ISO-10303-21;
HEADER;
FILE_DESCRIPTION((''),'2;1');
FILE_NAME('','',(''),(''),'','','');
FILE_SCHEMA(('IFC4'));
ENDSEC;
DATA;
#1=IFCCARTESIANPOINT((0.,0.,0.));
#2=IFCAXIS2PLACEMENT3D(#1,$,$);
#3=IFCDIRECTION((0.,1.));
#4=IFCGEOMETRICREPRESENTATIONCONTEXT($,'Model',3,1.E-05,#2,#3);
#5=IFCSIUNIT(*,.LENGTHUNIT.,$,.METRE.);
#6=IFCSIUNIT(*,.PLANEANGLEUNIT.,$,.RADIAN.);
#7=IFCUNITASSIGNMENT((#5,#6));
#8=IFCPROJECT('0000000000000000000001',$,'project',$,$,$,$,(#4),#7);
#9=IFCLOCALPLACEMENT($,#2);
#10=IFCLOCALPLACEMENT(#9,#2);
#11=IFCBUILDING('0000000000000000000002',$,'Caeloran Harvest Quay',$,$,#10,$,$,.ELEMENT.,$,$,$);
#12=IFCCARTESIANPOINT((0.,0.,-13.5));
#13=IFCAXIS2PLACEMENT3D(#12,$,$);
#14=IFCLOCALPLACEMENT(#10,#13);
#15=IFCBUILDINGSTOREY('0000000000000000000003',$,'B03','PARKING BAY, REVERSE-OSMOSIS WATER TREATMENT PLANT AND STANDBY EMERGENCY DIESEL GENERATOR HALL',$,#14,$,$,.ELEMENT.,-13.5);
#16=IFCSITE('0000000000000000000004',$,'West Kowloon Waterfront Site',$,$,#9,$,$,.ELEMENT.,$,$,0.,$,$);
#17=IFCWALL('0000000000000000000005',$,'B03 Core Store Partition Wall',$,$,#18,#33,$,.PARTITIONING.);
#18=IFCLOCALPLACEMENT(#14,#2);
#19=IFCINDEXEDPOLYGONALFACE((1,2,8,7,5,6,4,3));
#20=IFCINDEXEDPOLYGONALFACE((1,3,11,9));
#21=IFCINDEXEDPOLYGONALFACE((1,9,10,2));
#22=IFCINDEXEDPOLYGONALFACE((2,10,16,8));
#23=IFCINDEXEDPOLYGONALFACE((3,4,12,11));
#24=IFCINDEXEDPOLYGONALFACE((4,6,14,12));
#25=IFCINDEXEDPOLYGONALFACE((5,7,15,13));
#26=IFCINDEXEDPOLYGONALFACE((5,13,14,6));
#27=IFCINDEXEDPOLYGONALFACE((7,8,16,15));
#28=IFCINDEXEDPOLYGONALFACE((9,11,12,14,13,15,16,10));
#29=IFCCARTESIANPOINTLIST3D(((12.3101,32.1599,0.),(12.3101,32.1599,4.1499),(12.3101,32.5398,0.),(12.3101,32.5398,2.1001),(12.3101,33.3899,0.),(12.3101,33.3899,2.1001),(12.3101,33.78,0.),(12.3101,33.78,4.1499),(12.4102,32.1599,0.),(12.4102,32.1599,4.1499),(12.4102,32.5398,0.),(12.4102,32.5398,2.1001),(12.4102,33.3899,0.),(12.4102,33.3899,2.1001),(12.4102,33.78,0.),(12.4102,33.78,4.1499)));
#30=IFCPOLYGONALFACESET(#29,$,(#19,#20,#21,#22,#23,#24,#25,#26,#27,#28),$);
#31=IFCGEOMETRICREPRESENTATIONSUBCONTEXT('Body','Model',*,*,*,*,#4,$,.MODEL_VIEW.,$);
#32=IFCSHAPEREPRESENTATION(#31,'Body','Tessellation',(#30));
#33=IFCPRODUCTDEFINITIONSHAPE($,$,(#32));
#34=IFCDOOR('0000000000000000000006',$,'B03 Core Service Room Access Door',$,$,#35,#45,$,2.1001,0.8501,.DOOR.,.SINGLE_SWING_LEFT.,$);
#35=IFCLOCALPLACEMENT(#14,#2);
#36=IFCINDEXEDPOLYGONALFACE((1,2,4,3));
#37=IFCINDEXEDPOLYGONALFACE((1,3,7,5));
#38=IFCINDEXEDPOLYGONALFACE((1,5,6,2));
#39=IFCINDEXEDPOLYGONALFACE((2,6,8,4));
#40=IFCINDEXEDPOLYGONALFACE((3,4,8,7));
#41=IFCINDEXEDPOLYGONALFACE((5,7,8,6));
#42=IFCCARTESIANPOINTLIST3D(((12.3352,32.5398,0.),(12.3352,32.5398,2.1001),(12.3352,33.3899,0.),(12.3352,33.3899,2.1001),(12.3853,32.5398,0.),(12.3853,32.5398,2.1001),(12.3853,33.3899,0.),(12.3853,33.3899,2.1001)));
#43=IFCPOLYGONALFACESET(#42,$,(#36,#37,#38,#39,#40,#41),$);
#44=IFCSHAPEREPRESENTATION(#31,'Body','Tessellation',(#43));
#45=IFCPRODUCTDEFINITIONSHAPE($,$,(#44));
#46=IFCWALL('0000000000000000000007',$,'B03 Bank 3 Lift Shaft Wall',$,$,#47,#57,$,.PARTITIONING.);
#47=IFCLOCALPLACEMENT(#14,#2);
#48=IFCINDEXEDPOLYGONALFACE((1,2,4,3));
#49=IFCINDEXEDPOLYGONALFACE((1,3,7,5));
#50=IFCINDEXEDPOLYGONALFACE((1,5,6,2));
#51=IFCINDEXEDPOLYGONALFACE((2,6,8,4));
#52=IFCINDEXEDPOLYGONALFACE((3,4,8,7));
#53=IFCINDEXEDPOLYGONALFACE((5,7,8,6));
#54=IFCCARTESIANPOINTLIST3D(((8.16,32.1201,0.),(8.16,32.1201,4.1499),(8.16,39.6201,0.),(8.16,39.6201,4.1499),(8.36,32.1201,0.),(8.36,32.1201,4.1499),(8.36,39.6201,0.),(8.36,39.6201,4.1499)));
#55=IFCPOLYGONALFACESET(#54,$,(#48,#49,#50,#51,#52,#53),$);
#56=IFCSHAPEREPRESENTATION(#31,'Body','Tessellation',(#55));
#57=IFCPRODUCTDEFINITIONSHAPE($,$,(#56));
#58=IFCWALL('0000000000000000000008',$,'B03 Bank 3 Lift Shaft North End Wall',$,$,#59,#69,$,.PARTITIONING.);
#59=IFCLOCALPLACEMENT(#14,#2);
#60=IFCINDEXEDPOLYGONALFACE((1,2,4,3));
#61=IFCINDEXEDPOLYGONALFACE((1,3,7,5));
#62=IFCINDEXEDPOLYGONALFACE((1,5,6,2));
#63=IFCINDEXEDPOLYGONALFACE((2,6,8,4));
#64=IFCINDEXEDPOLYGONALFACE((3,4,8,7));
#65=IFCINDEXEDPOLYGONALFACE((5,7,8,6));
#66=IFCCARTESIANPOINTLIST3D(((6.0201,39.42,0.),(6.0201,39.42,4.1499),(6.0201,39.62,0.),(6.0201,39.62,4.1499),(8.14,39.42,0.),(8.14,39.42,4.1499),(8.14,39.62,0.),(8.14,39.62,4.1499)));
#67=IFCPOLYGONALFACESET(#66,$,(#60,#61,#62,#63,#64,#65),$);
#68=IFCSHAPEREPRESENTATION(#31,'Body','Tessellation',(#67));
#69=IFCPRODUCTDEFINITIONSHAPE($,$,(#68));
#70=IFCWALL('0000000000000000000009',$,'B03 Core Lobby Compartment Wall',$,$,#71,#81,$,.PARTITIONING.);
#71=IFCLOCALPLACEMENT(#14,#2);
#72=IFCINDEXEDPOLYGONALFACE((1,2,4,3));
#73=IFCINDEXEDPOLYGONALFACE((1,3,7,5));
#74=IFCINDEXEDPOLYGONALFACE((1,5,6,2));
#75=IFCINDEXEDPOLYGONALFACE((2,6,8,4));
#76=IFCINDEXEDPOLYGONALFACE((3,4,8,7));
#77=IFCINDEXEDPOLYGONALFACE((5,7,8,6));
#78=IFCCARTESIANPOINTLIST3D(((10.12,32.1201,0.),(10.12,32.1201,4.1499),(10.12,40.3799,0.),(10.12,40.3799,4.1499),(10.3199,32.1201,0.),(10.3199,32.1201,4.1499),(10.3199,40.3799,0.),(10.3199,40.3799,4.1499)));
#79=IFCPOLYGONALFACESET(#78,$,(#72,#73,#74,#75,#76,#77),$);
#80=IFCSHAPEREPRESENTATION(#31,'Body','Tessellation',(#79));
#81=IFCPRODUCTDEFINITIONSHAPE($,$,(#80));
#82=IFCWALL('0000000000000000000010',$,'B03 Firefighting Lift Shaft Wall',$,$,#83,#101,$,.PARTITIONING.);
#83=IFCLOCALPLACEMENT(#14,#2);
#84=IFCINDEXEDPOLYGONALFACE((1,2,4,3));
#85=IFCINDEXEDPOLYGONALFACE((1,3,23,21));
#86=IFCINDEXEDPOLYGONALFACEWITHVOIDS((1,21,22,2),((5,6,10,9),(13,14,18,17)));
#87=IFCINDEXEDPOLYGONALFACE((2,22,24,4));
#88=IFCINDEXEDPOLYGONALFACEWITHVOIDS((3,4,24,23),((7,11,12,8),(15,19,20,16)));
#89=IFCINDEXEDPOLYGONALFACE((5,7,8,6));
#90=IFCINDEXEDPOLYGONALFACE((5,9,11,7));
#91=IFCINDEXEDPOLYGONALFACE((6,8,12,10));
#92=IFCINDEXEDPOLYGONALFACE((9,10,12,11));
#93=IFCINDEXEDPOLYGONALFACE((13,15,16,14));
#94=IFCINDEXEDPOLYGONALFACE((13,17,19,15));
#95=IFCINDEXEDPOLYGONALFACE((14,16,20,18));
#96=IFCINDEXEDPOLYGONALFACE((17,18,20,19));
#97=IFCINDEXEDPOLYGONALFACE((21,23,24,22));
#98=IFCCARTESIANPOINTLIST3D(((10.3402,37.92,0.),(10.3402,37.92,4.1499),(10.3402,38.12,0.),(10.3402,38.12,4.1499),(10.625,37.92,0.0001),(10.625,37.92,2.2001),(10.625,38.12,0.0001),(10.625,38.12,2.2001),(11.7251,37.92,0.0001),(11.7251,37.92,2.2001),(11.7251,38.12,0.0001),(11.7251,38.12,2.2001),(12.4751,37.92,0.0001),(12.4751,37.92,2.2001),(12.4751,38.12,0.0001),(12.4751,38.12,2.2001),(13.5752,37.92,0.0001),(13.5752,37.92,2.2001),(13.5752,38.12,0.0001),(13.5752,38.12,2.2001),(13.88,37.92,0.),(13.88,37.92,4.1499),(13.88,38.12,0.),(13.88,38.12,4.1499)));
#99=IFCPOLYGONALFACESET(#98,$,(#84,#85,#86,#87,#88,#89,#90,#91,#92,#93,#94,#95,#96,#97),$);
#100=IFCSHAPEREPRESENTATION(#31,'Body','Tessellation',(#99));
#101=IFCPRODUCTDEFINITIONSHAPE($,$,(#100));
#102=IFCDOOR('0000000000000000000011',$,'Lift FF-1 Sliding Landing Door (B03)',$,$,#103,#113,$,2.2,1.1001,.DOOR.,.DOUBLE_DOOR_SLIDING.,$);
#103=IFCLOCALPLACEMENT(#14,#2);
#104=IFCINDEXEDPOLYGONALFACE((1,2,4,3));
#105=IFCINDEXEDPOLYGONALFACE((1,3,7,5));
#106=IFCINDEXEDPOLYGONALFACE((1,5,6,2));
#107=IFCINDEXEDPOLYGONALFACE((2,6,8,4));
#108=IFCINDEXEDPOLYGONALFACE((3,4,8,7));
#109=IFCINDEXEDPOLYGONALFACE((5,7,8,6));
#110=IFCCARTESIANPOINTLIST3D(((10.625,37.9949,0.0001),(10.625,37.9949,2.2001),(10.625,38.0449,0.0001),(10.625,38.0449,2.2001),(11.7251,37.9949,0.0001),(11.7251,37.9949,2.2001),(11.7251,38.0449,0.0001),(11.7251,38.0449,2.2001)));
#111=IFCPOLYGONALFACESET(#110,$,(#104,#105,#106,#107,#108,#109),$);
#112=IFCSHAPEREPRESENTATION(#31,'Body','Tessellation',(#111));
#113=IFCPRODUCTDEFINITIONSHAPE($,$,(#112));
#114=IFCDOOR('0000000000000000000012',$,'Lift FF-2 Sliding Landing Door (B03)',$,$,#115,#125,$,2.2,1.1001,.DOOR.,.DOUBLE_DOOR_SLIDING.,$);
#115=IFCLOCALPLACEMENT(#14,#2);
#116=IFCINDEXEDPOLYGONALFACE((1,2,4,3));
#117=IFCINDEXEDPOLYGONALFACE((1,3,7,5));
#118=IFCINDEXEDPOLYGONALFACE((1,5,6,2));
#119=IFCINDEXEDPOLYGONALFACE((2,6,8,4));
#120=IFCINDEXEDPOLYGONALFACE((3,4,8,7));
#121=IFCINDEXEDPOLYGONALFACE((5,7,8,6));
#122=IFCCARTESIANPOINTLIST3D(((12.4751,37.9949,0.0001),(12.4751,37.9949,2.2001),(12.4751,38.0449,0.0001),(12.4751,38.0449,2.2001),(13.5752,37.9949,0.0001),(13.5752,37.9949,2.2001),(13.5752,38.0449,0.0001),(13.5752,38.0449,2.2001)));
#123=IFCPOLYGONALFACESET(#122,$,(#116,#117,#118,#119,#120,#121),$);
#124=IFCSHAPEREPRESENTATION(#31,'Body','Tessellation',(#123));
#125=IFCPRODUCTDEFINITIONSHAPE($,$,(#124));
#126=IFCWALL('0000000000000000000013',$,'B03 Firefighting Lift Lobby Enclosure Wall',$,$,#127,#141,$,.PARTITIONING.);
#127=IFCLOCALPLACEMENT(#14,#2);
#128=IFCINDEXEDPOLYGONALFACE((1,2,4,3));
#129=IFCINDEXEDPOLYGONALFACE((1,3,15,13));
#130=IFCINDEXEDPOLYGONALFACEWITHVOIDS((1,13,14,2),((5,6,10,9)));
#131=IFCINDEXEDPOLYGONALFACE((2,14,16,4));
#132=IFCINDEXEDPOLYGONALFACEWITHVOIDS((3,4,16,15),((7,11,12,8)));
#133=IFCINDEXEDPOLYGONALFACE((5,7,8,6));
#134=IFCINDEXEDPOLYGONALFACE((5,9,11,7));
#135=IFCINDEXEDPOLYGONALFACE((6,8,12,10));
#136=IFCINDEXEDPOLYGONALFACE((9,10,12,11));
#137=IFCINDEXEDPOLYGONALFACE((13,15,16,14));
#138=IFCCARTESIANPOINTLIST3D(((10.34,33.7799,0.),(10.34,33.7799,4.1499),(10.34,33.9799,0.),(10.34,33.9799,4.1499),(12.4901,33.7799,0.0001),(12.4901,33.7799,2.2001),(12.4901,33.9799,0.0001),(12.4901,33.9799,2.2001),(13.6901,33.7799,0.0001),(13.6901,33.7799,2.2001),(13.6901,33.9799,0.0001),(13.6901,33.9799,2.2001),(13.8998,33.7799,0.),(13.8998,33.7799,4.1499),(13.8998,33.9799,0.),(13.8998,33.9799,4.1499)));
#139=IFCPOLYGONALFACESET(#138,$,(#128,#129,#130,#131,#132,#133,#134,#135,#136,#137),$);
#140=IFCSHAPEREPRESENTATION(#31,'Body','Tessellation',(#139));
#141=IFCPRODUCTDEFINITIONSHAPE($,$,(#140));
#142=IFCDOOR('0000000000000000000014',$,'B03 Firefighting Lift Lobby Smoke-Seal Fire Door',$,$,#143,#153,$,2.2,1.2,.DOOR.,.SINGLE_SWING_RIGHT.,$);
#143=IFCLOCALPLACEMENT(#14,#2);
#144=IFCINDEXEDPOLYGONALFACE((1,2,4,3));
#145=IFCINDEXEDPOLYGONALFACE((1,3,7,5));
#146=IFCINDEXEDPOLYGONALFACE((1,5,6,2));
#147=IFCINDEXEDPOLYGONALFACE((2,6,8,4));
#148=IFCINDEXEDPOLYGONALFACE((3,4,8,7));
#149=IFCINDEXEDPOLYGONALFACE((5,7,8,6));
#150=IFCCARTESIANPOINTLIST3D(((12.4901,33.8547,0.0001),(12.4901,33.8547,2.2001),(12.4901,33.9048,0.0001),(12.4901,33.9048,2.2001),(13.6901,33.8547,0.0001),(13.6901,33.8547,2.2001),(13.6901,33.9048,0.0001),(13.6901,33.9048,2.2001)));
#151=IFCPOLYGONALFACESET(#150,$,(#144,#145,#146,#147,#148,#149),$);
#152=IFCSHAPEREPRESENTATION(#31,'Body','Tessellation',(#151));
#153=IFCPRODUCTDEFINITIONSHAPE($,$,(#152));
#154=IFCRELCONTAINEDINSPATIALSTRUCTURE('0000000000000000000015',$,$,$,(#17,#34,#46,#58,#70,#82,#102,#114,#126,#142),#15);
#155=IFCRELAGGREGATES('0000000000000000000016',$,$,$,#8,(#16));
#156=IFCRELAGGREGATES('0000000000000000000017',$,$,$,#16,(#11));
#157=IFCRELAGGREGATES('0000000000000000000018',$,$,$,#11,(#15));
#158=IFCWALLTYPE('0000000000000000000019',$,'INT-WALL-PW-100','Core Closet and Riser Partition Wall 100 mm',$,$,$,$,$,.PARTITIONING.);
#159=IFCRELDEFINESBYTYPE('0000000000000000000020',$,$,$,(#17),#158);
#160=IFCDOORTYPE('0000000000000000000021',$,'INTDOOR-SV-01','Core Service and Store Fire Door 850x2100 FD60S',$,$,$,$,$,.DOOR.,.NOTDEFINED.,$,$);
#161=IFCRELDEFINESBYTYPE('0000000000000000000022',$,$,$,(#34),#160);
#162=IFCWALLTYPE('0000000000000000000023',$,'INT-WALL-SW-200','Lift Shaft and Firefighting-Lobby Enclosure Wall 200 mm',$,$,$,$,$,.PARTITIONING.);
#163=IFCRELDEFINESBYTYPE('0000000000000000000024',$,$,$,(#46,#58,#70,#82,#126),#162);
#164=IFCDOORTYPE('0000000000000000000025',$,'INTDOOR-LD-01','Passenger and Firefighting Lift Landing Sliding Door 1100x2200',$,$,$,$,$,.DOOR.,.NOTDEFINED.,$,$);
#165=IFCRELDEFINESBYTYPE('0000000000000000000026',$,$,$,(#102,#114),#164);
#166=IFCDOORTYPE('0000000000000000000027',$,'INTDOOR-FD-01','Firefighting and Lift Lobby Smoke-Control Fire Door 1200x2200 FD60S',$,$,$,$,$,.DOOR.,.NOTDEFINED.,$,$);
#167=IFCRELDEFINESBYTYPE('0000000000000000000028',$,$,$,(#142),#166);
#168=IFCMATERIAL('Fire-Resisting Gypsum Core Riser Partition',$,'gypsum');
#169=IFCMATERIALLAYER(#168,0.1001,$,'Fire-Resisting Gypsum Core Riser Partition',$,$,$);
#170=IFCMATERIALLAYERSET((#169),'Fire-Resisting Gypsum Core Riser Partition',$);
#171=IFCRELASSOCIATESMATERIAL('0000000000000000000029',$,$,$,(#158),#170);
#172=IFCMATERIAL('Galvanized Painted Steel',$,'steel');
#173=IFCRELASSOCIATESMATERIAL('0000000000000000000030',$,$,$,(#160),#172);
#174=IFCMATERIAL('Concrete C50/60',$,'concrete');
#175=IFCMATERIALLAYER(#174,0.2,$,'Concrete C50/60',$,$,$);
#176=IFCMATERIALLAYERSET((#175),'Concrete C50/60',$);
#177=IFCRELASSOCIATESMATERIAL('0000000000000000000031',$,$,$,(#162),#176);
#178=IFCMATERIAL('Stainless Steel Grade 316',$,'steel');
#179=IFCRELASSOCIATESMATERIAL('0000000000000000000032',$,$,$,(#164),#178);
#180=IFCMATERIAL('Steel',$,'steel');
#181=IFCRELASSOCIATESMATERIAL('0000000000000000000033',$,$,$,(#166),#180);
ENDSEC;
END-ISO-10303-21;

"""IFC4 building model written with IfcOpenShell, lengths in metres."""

from ifc_helpers import new_model, si_unit, direction, frame, frame_2d, origin, place, context, subcontext, project, spatial, rectangle, extrude, material, layer, layer_set, type_object, element, fill, save


model = new_model("IFC4")

# Units and contexts
model_context = context("Model", 3, precision=1e-05, world=origin(), true_north=direction((0.0, 1.0)))
body_context = subcontext(model_context, "Body", "Model", "MODEL_VIEW")
ifc_project = project(units=[si_unit("LENGTHUNIT", "METRE"), si_unit("PLANEANGLEUNIT", "RADIAN")], contexts=[model_context])

# Site, building, storey
site_placement = place(None, origin())
site = spatial("IfcSite", under=ifc_project, at=site_placement, Name="West Kowloon Waterfront Site", CompositionType="ELEMENT", RefElevation=0.0)
building_placement = place(site_placement, origin())
building = spatial("IfcBuilding", under=site, at=building_placement, Name="Caeloran Harvest Quay", CompositionType="ELEMENT")
storey_placement = place(building_placement, frame((0.0, 0.0, -13.5)))
storey = spatial("IfcBuildingStorey", under=building, at=storey_placement, Name="B03", Description="PARKING BAY, REVERSE-OSMOSIS WATER TREATMENT PLANT AND STANDBY EMERGENCY DIESEL GENERATOR HALL", CompositionType="ELEMENT", Elevation=-13.5)

# Wall, opening, door
ifc_material_1 = material(Name="Fire-Resisting Gypsum Core Riser Partition", Category="gypsum")
ifc_layer_1 = layer(ifc_material_1, 0.1001, Name="Fire-Resisting Gypsum Core Riser Partition")
ifc_layer_set_1 = layer_set([ifc_layer_1], Name="Fire-Resisting Gypsum Core Riser Partition")
wall_type_1 = type_object("IfcWallType", Name="INT-WALL-PW-100", Description="Core Closet and Riser Partition Wall 100 mm", PredefinedType="PARTITIONING", material=ifc_layer_set_1)
wall_1_placement = place(storey_placement, frame((12.3601, 32.1599, 0.0), z_axis=(0.0, 0.0, 1.0), x_axis=(0.0, 1.0, 0.0)))
wall_1 = element("IfcWall", 1, at=wall_1_placement, inside=storey, type_object=wall_type_1, Name="B03 Core Store Partition Wall", PredefinedType="PARTITIONING", context=body_context, shape_type="SweptSolid", body=[
    extrude(rectangle(XDim=1.6201, YDim=0.1001, at=frame_2d((0.8101, 0.0))), origin(), (0.0, 0.0, 1.0), 4.1499),
])
opening_1_placement = place(wall_1_placement, frame((0.3799, 0.0, 0.0)))
opening_1 = element("IfcOpeningElement", 2, at=opening_1_placement, cuts=wall_1, PredefinedType="OPENING", context=body_context, shape_type="SweptSolid", body=[
    extrude(rectangle(XDim=0.8501, YDim=2.1001, at=frame_2d((0.425, 1.05))), frame((0.0, 0.0601, 0.0), z_axis=(0.0, -1.0, 0.0), x_axis=(1.0, 0.0, 0.0)), (0.0, 0.0, 1.0), 0.1201),
])
ifc_material_2 = material(Name="Galvanized Painted Steel", Category="steel")
door_type_1 = type_object("IfcDoorType", Name="INTDOOR-SV-01", Description="Core Service and Store Fire Door 850x2100 FD60S", OperationType="NOTDEFINED", PredefinedType="DOOR", material=ifc_material_2)
door_1_placement = place(opening_1_placement, origin())
door_1 = element("IfcDoor", 3, at=door_1_placement, inside=storey, type_object=door_type_1, Name="B03 Core Service Room Access Door", OperationType="SINGLE_SWING_LEFT", OverallHeight=2.1001, OverallWidth=0.8501, PredefinedType="DOOR", context=body_context, shape_type="SweptSolid", body=[
    extrude(rectangle(XDim=0.8501, YDim=2.1001, at=frame_2d((0.425, 1.05))), frame((0.0, 0.0249, 0.0), z_axis=(0.0, -1.0, 0.0), x_axis=(1.0, 0.0, 0.0)), (0.0, 0.0, 1.0), 0.05),
])
fill(opening_1, door_1)

# Walls
ifc_material_3 = material(Name="Concrete C50/60", Category="concrete")
ifc_layer_2 = layer(ifc_material_3, 0.2, Name="Concrete C50/60")
ifc_layer_set_2 = layer_set([ifc_layer_2], Name="Concrete C50/60")
wall_type_2 = type_object("IfcWallType", Name="INT-WALL-SW-200", Description="Lift Shaft and Firefighting-Lobby Enclosure Wall 200 mm", PredefinedType="PARTITIONING", material=ifc_layer_set_2)
wall_2_placement = place(storey_placement, frame((8.26, 32.1201, 0.0), z_axis=(0.0, 0.0, 1.0), x_axis=(0.0, 1.0, 0.0)))
element("IfcWall", 4, at=wall_2_placement, inside=storey, type_object=wall_type_2, Name="B03 Bank 3 Lift Shaft Wall", PredefinedType="PARTITIONING", context=body_context, shape_type="SweptSolid", body=[
    extrude(rectangle(XDim=7.5, YDim=0.2, at=frame_2d((3.75, 0.0))), origin(), (0.0, 0.0, 1.0), 4.1499),
])
wall_3_placement = place(storey_placement, frame((6.02, 39.52, 0.0), z_axis=(0.0, 0.0, 1.0), x_axis=(1.0, 0.0, 0.0)))
element("IfcWall", 5, at=wall_3_placement, inside=storey, type_object=wall_type_2, Name="B03 Bank 3 Lift Shaft North End Wall", PredefinedType="PARTITIONING", context=body_context, shape_type="SweptSolid", body=[
    extrude(rectangle(XDim=2.1199, YDim=0.2, at=frame_2d((1.0601, 0.0))), origin(), (0.0, 0.0, 1.0), 4.1499),
])
wall_4_placement = place(storey_placement, frame((10.22, 32.1201, 0.0), z_axis=(0.0, 0.0, 1.0), x_axis=(0.0, 1.0, 0.0)))
element("IfcWall", 6, at=wall_4_placement, inside=storey, type_object=wall_type_2, Name="B03 Core Lobby Compartment Wall", PredefinedType="PARTITIONING", context=body_context, shape_type="SweptSolid", body=[
    extrude(rectangle(XDim=8.2598, YDim=0.2, at=frame_2d((4.1299, 0.0))), origin(), (0.0, 0.0, 1.0), 4.1499),
])

# Wall, openings, doors
wall_5_placement = place(storey_placement, frame((10.3401, 38.02, 0.0), z_axis=(0.0, 0.0, 1.0), x_axis=(1.0, 0.0, 0.0)))
wall_5 = element("IfcWall", 7, at=wall_5_placement, inside=storey, type_object=wall_type_2, Name="B03 Firefighting Lift Shaft Wall", PredefinedType="PARTITIONING", context=body_context, shape_type="SweptSolid", body=[
    extrude(rectangle(XDim=3.5398, YDim=0.2, at=frame_2d((1.77, 0.0))), origin(), (0.0, 0.0, 1.0), 4.1499),
])
opening_2_placement = place(wall_5_placement, frame((0.2849, 0.0, 0.0)))
opening_2 = element("IfcOpeningElement", 8, at=opening_2_placement, cuts=wall_5, PredefinedType="OPENING", context=body_context, shape_type="SweptSolid", body=[
    extrude(rectangle(XDim=1.1001, YDim=2.2, at=frame_2d((0.55, 1.1001))), frame((0.0, 0.1099, 0.0), z_axis=(0.0, -1.0, 0.0), x_axis=(1.0, 0.0, 0.0)), (0.0, 0.0, 1.0), 0.22),
])
opening_3_placement = place(wall_5_placement, frame((2.135, 0.0, 0.0)))
opening_3 = element("IfcOpeningElement", 9, at=opening_3_placement, cuts=wall_5, PredefinedType="OPENING", context=body_context, shape_type="SweptSolid", body=[
    extrude(rectangle(XDim=1.1001, YDim=2.2, at=frame_2d((0.55, 1.1001))), frame((0.0, 0.1099, 0.0), z_axis=(0.0, -1.0, 0.0), x_axis=(1.0, 0.0, 0.0)), (0.0, 0.0, 1.0), 0.22),
])
ifc_material_4 = material(Name="Stainless Steel Grade 316", Category="steel")
door_type_2 = type_object("IfcDoorType", Name="INTDOOR-LD-01", Description="Passenger and Firefighting Lift Landing Sliding Door 1100x2200", OperationType="NOTDEFINED", PredefinedType="DOOR", material=ifc_material_4)
door_2_placement = place(opening_2_placement, origin())
door_2 = element("IfcDoor", 10, at=door_2_placement, inside=storey, type_object=door_type_2, Name="Lift FF-1 Sliding Landing Door (B03)", OperationType="DOUBLE_DOOR_SLIDING", OverallHeight=2.2, OverallWidth=1.1001, PredefinedType="DOOR", context=body_context, shape_type="SweptSolid", body=[
    extrude(rectangle(XDim=1.1001, YDim=2.2, at=frame_2d((0.55, 1.1001))), frame((0.0, 0.0249, 0.0), z_axis=(0.0, -1.0, 0.0), x_axis=(1.0, 0.0, 0.0)), (0.0, 0.0, 1.0), 0.05),
])
fill(opening_2, door_2)
door_3_placement = place(opening_3_placement, origin())
door_3 = element("IfcDoor", 11, at=door_3_placement, inside=storey, type_object=door_type_2, Name="Lift FF-2 Sliding Landing Door (B03)", OperationType="DOUBLE_DOOR_SLIDING", OverallHeight=2.2, OverallWidth=1.1001, PredefinedType="DOOR", context=body_context, shape_type="SweptSolid", body=[
    extrude(rectangle(XDim=1.1001, YDim=2.2, at=frame_2d((0.55, 1.1001))), frame((0.0, 0.0249, 0.0), z_axis=(0.0, -1.0, 0.0), x_axis=(1.0, 0.0, 0.0)), (0.0, 0.0, 1.0), 0.05),
])
fill(opening_3, door_3)

# Wall, opening, door
wall_6_placement = place(storey_placement, frame((10.3401, 33.8799, 0.0), z_axis=(0.0, 0.0, 1.0), x_axis=(1.0, 0.0, 0.0)))
wall_6 = element("IfcWall", 12, at=wall_6_placement, inside=storey, type_object=wall_type_2, Name="B03 Firefighting Lift Lobby Enclosure Wall", PredefinedType="PARTITIONING", context=body_context, shape_type="SweptSolid", body=[
    extrude(rectangle(XDim=3.5598, YDim=0.2, at=frame_2d((1.7798, 0.0))), origin(), (0.0, 0.0, 1.0), 4.1499),
])
opening_4_placement = place(wall_6_placement, frame((2.1499, 0.0, 0.0)))
opening_4 = element("IfcOpeningElement", 13, at=opening_4_placement, cuts=wall_6, PredefinedType="OPENING", context=body_context, shape_type="SweptSolid", body=[
    extrude(rectangle(XDim=1.2, YDim=2.2, at=frame_2d((0.6001, 1.1001))), frame((0.0, 0.1099, 0.0), z_axis=(0.0, -1.0, 0.0), x_axis=(1.0, 0.0, 0.0)), (0.0, 0.0, 1.0), 0.22),
])
ifc_material_5 = material(Name="Steel", Category="steel")
door_type_3 = type_object("IfcDoorType", Name="INTDOOR-FD-01", Description="Firefighting and Lift Lobby Smoke-Control Fire Door 1200x2200 FD60S", OperationType="NOTDEFINED", PredefinedType="DOOR", material=ifc_material_5)
door_4_placement = place(opening_4_placement, origin())
door_4 = element("IfcDoor", 14, at=door_4_placement, inside=storey, type_object=door_type_3, Name="B03 Firefighting Lift Lobby Smoke-Seal Fire Door", OperationType="SINGLE_SWING_RIGHT", OverallHeight=2.2, OverallWidth=1.2, PredefinedType="DOOR", context=body_context, shape_type="SweptSolid", body=[
    extrude(rectangle(XDim=1.2, YDim=2.2, at=frame_2d((0.6001, 1.1001))), frame((0.0, 0.0249, 0.0), z_axis=(0.0, -1.0, 0.0), x_axis=(1.0, 0.0, 0.0)), (0.0, 0.0, 1.0), 0.05),
])
fill(opening_4, door_4)

save(model, "model.ifc")
